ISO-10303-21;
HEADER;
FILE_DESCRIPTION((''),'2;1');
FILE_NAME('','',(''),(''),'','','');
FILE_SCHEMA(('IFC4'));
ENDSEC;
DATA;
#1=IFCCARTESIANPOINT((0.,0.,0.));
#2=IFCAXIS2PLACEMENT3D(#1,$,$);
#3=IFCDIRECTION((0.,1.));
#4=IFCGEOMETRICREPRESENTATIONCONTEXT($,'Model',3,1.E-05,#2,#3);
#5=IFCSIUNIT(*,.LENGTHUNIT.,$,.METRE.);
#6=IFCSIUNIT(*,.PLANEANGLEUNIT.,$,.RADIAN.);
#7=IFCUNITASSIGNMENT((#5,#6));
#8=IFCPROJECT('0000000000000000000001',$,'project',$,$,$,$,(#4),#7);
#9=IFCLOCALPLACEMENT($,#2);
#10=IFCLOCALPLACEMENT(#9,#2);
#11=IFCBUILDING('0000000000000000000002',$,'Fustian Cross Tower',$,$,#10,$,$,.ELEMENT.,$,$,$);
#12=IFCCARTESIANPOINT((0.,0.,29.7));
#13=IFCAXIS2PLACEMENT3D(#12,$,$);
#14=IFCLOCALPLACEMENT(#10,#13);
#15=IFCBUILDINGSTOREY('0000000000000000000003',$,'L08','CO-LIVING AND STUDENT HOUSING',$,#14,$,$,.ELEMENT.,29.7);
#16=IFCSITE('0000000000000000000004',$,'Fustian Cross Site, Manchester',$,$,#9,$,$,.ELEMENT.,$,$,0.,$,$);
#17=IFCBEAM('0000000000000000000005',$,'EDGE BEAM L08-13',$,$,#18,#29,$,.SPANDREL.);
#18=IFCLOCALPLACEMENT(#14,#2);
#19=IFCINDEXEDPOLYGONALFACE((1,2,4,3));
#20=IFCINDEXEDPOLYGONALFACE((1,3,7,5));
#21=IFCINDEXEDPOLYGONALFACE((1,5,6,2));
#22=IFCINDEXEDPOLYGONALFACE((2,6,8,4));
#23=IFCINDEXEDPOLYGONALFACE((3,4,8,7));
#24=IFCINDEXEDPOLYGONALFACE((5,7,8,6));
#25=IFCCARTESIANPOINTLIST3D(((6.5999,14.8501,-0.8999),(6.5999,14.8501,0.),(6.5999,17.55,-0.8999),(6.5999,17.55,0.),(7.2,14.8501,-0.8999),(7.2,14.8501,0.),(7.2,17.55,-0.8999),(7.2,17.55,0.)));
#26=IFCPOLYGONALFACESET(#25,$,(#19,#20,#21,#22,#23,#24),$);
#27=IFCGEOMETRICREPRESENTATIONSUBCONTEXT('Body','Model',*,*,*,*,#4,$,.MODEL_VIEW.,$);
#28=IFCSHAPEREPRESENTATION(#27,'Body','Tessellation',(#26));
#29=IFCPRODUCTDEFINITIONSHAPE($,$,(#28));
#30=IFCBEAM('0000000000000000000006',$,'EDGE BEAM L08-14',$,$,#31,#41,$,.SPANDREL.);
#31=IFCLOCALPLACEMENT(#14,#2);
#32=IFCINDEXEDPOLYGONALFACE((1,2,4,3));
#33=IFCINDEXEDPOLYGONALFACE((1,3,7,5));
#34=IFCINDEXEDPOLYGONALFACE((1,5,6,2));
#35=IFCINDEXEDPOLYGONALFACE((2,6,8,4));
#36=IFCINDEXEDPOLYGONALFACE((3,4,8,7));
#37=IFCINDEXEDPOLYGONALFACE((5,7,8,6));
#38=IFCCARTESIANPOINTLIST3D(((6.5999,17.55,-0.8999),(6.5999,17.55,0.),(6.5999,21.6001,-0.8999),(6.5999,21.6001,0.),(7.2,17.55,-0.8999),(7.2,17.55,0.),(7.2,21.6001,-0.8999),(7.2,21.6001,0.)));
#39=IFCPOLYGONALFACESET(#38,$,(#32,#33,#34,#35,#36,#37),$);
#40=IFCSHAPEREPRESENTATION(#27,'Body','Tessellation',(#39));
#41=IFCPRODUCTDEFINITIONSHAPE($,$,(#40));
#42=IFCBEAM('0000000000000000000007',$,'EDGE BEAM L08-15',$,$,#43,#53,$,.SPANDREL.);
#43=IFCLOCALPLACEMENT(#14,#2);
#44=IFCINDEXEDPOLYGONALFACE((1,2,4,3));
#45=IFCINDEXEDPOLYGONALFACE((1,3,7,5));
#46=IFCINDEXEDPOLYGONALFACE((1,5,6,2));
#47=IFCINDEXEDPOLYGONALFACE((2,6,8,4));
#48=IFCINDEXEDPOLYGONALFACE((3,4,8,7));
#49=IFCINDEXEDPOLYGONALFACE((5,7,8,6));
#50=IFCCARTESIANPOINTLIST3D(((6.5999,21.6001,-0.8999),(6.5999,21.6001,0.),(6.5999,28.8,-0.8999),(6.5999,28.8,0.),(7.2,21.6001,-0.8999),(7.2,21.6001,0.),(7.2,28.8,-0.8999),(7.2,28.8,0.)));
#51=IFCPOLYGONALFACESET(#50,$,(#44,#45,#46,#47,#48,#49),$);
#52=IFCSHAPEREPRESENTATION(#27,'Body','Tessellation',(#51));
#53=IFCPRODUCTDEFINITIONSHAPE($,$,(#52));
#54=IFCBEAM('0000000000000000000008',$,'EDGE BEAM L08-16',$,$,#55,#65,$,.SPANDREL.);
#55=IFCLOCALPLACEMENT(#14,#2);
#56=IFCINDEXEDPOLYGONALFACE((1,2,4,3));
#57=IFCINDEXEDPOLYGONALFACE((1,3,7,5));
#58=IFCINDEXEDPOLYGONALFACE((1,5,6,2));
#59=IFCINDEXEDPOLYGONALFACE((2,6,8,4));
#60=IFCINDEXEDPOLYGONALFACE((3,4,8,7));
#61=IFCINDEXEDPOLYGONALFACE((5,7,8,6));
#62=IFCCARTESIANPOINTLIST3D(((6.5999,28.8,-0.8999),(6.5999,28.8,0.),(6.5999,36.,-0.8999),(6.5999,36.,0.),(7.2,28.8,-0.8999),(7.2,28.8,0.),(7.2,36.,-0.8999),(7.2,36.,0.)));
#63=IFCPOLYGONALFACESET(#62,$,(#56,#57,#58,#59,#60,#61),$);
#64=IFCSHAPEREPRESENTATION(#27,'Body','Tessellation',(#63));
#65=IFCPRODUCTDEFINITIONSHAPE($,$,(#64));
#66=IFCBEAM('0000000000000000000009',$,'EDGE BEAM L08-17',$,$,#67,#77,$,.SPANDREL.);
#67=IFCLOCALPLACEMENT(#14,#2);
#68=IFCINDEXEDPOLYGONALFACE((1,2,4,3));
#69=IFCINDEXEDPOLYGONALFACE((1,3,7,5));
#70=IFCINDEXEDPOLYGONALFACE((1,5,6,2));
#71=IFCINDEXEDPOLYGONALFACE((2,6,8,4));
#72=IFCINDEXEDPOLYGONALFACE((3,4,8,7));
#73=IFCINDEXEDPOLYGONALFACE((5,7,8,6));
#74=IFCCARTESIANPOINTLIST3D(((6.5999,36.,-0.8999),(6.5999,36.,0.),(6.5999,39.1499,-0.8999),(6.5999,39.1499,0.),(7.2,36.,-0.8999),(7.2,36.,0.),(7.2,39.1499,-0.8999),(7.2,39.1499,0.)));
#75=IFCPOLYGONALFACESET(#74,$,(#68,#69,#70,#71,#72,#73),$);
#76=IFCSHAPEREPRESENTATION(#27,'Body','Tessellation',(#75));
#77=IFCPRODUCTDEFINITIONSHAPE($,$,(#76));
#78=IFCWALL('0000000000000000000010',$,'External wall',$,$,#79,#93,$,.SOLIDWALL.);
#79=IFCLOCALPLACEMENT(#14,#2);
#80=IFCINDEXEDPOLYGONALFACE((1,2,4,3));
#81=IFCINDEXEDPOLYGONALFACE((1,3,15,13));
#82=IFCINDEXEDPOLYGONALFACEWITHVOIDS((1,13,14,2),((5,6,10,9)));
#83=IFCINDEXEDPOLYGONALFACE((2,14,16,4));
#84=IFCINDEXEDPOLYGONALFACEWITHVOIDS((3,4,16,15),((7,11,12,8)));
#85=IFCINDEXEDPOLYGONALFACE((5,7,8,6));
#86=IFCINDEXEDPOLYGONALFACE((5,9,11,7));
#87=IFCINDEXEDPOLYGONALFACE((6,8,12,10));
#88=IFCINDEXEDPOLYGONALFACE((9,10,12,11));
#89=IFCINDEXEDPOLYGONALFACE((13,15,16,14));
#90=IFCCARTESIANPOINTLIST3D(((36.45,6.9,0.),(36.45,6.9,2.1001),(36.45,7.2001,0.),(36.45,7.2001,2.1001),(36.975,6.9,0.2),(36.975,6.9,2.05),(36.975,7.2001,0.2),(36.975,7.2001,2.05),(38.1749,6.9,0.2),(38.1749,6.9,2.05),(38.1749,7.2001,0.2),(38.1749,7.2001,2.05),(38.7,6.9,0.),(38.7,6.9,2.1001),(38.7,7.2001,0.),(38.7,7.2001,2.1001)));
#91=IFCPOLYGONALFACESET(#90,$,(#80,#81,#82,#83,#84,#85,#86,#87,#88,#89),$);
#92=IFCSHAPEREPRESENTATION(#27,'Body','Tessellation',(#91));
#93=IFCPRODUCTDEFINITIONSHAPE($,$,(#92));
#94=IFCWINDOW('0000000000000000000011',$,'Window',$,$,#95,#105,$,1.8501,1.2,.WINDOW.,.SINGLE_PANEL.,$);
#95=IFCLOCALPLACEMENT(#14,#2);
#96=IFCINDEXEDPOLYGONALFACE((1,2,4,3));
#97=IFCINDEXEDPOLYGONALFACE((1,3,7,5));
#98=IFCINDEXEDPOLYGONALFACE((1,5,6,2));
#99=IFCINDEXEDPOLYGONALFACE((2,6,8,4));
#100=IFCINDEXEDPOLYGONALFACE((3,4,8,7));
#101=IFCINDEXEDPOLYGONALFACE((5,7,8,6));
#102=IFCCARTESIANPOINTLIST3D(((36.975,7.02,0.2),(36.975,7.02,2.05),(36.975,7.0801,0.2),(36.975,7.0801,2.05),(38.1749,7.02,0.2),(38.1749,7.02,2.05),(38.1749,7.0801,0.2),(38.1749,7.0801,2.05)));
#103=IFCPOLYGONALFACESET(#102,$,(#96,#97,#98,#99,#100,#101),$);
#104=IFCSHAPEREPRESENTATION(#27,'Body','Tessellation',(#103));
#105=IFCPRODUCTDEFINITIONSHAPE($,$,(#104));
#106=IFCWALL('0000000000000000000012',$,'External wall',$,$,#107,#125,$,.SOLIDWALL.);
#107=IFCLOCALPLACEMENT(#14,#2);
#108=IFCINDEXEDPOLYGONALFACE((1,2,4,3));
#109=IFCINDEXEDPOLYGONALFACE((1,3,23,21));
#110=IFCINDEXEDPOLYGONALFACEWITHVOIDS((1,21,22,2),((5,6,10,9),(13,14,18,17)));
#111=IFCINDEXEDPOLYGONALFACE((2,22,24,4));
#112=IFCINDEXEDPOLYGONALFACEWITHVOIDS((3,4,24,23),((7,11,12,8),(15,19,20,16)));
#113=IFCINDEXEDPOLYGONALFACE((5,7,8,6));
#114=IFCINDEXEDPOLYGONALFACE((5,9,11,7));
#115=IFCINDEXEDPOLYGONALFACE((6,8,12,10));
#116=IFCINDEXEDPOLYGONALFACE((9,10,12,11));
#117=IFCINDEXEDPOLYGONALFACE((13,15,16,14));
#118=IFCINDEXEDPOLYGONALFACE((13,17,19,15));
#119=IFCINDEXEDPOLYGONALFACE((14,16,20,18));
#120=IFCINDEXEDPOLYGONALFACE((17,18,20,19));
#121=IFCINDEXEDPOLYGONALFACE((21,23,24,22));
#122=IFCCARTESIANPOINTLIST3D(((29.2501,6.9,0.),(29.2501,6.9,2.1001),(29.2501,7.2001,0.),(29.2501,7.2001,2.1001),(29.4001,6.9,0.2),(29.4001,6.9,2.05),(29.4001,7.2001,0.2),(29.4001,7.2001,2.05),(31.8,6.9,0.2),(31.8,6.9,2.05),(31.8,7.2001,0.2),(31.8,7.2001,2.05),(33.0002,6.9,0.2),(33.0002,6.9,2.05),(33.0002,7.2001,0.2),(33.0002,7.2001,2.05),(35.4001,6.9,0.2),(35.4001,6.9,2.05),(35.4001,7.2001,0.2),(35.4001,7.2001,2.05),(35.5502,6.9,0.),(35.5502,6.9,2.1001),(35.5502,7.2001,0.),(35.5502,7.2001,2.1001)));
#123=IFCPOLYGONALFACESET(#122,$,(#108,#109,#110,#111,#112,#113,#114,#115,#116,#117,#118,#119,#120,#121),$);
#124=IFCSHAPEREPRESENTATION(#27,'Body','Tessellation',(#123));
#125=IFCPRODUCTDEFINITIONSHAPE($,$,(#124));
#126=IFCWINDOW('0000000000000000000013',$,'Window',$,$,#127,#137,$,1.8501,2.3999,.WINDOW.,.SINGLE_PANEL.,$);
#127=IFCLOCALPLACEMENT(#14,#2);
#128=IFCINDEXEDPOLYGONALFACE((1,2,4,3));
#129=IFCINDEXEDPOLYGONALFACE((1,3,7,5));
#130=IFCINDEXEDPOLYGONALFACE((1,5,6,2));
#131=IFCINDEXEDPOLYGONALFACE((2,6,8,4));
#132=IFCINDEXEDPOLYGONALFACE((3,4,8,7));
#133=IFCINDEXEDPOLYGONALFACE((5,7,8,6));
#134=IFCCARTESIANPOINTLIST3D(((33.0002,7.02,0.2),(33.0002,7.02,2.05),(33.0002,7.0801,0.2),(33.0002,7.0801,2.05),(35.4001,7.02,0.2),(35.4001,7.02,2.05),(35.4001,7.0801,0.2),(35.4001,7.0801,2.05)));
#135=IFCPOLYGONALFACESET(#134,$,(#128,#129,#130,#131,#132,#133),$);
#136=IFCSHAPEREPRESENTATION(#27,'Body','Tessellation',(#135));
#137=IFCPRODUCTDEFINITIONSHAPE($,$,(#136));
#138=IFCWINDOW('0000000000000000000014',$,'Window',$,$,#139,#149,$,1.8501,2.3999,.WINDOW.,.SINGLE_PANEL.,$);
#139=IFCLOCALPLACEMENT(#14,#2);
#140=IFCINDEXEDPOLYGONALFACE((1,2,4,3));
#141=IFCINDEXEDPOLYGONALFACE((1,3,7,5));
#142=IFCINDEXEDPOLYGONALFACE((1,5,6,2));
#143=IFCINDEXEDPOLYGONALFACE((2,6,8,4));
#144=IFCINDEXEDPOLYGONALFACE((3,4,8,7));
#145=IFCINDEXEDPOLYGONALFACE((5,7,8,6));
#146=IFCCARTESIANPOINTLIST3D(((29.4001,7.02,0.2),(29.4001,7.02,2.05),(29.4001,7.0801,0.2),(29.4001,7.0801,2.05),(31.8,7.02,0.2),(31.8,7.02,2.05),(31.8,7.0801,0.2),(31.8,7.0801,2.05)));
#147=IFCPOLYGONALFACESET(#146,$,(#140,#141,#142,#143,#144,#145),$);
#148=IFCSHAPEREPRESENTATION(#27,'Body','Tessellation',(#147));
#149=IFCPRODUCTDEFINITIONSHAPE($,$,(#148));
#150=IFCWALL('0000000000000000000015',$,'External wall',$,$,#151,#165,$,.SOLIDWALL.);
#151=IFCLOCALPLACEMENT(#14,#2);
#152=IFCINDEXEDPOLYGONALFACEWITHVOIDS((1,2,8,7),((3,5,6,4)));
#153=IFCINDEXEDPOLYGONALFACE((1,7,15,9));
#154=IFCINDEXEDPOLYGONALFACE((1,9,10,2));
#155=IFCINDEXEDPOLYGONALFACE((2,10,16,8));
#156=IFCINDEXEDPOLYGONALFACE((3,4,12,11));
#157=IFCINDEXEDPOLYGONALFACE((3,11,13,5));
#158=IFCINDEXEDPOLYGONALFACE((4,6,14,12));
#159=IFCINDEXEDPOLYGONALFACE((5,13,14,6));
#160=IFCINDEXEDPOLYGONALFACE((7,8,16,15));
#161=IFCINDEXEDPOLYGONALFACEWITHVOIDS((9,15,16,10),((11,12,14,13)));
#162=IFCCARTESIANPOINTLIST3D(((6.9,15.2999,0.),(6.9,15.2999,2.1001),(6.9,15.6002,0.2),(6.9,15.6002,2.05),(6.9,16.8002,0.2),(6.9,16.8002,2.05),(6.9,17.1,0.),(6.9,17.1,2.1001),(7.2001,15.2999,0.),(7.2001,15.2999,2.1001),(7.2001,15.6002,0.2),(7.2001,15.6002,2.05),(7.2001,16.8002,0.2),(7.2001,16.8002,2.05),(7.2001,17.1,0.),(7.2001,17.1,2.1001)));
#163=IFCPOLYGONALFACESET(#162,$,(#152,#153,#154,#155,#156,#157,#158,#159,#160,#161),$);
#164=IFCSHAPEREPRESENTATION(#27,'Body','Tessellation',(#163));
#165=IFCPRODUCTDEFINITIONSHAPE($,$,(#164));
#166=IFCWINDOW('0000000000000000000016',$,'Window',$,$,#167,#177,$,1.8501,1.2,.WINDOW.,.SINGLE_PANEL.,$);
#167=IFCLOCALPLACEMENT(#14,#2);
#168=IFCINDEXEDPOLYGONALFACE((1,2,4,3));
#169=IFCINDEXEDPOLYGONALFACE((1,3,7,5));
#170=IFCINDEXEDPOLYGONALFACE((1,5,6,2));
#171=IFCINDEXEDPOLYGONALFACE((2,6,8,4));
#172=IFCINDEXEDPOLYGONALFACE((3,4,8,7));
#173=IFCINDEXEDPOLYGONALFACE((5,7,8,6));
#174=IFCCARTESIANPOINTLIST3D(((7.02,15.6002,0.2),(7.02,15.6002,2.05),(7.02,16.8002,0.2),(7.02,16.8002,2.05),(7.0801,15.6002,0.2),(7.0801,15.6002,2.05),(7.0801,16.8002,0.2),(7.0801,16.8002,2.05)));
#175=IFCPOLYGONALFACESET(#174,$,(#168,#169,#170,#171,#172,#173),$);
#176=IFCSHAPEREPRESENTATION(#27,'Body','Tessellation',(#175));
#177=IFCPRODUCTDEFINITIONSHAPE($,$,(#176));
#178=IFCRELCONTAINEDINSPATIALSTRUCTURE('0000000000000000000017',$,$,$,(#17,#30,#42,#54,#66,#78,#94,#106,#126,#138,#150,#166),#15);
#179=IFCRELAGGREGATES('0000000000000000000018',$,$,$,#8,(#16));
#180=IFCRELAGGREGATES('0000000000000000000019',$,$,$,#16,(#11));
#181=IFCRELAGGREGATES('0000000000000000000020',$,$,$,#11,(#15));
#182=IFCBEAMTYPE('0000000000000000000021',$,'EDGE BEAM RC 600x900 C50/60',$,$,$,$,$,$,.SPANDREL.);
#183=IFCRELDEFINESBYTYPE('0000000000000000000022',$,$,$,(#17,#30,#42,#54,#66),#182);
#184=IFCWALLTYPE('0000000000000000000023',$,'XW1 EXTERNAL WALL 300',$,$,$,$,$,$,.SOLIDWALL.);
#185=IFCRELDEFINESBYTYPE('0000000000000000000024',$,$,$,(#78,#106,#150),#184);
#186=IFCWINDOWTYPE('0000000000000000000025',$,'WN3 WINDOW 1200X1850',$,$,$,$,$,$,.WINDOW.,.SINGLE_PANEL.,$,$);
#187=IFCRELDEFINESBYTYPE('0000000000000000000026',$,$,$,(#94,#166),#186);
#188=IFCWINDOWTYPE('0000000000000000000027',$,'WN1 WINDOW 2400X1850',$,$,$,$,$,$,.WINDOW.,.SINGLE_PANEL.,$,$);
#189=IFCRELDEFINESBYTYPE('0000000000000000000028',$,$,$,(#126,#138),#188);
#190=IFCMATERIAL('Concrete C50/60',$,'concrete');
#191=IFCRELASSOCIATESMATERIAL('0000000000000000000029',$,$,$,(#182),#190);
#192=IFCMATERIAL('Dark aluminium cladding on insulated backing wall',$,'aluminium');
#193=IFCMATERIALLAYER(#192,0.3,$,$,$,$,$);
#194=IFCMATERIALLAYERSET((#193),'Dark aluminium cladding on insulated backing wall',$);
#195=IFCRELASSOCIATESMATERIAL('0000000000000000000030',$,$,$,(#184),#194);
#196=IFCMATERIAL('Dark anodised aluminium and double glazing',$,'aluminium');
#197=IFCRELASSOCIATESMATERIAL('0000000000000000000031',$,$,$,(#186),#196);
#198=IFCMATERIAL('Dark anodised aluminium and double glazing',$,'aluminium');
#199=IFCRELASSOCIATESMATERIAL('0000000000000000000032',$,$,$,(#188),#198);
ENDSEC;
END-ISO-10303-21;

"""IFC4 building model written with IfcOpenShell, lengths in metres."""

from ifc_helpers import new_model, si_unit, direction, frame, frame_2d, origin, origin_2d, place, context, subcontext, project, spatial, rectangle, extrude, material, layer, layer_set, material_profile, profile_set, type_object, element, fill, save


model = new_model("IFC4")

# Units and contexts
model_context = context("Model", 3, precision=1e-05, world=origin(), true_north=direction((0.0, 1.0)))
body_context = subcontext(model_context, "Body", "Model", "MODEL_VIEW")
ifc_project = project(units=[si_unit("LENGTHUNIT", "METRE"), si_unit("PLANEANGLEUNIT", "RADIAN")], contexts=[model_context])

# Site, building, storey
site_placement = place(None, origin())
site = spatial("IfcSite", under=ifc_project, at=site_placement, Name="Fustian Cross Site, Manchester", CompositionType="ELEMENT", RefElevation=0.0)
building_placement = place(site_placement, origin())
building = spatial("IfcBuilding", under=site, at=building_placement, Name="Fustian Cross Tower", CompositionType="ELEMENT")
storey_placement = place(building_placement, frame((0.0, 0.0, 29.7)))
storey = spatial("IfcBuildingStorey", under=building, at=storey_placement, Name="L08", Description="CO-LIVING AND STUDENT HOUSING", CompositionType="ELEMENT", Elevation=29.7)

# Beams
ifc_material_1 = material(Name="Concrete C50/60", Category="concrete")
ifc_material_profile = material_profile(ifc_material_1, rectangle(XDim=0.6001, YDim=0.8999, at=origin_2d()), Name="RC 600x900")
ifc_profile_set = profile_set([ifc_material_profile], Name="Concrete C50/60")
beam_type = type_object("IfcBeamType", Name="EDGE BEAM RC 600x900 C50/60", PredefinedType="SPANDREL", material=ifc_profile_set)
beam_1_placement = place(storey_placement, frame((6.8999, 14.8501, -0.45), z_axis=(0.0, 1.0, 0.0), x_axis=(-1.0, 0.0, 0.0)))
element("IfcBeam", 1, at=beam_1_placement, inside=storey, type_object=beam_type, Name="EDGE BEAM L08-13", PredefinedType="SPANDREL", context=body_context, shape_type="SweptSolid", body=[
    extrude(rectangle(XDim=0.6001, YDim=0.8999, at=origin_2d()), origin(), (0.0, 0.0, 1.0), 2.7),
])
beam_2_placement = place(storey_placement, frame((6.8999, 17.55, -0.45), z_axis=(0.0, 1.0, 0.0), x_axis=(-1.0, 0.0, 0.0)))
element("IfcBeam", 2, at=beam_2_placement, inside=storey, type_object=beam_type, Name="EDGE BEAM L08-14", PredefinedType="SPANDREL", context=body_context, shape_type="SweptSolid", body=[
    extrude(rectangle(XDim=0.6001, YDim=0.8999, at=origin_2d()), origin(), (0.0, 0.0, 1.0), 4.05),
])
for number, where, z_axis, x_axis, name in (
    (3, (6.8999, 21.6001, -0.45), (0.0, 1.0, 0.0), (-1.0, 0.0, 0.0), "EDGE BEAM L08-15"),
    (4, (6.8999, 28.8, -0.45), (0.0, 1.0, 0.0), (-1.0, 0.0, 0.0), "EDGE BEAM L08-16"),
):
    element("IfcBeam", number, at=place(storey_placement, frame(where, z_axis=z_axis, x_axis=x_axis)), inside=storey, type_object=beam_type, Name=name, PredefinedType="SPANDREL", context=body_context, shape_type="SweptSolid", body=[
        extrude(rectangle(XDim=0.6001, YDim=0.8999, at=origin_2d()), origin(), (0.0, 0.0, 1.0), 7.2),
    ])
beam_3_placement = place(storey_placement, frame((6.8999, 36.0, -0.45), z_axis=(0.0, 1.0, 0.0), x_axis=(-1.0, 0.0, 0.0)))
element("IfcBeam", 5, at=beam_3_placement, inside=storey, type_object=beam_type, Name="EDGE BEAM L08-17", PredefinedType="SPANDREL", context=body_context, shape_type="SweptSolid", body=[
    extrude(rectangle(XDim=0.6001, YDim=0.8999, at=origin_2d()), origin(), (0.0, 0.0, 1.0), 3.1499),
])

# Wall, opening, window
ifc_material_2 = material(Name="Dark aluminium cladding on insulated backing wall", Category="aluminium")
ifc_layer = layer(ifc_material_2, 0.3)
ifc_layer_set = layer_set([ifc_layer], Name="Dark aluminium cladding on insulated backing wall")
wall_type = type_object("IfcWallType", Name="XW1 EXTERNAL WALL 300", PredefinedType="SOLIDWALL", material=ifc_layer_set)
wall_1_placement = place(storey_placement, frame((38.7, 7.05, 0.0), z_axis=(0.0, 0.0, 1.0), x_axis=(-1.0, 0.0, 0.0)))
wall_1 = element("IfcWall", 6, at=wall_1_placement, inside=storey, type_object=wall_type, Name="External wall", PredefinedType="SOLIDWALL", context=body_context, shape_type="SweptSolid", body=[
    extrude(rectangle(XDim=2.25, YDim=0.3, at=frame_2d((1.125, 0.0))), origin(), (0.0, 0.0, 1.0), 2.1001),
])
opening_1_placement = place(wall_1_placement, frame((0.5249, 0.0, 0.2)))
opening_1 = element("IfcOpeningElement", 7, at=opening_1_placement, cuts=wall_1, PredefinedType="OPENING", context=body_context, shape_type="SweptSolid", body=[
    extrude(rectangle(XDim=1.2, YDim=1.8501, at=frame_2d((0.6001, 0.925))), frame((0.0, 0.1599, 0.0), z_axis=(0.0, -1.0, 0.0), x_axis=(1.0, 0.0, 0.0)), (0.0, 0.0, 1.0), 0.3201),
])
ifc_material_3 = material(Name="Dark anodised aluminium and double glazing", Category="aluminium")
window_type_1 = type_object("IfcWindowType", Name="WN3 WINDOW 1200X1850", PartitioningType="SINGLE_PANEL", PredefinedType="WINDOW", material=ifc_material_3)
window_1_placement = place(opening_1_placement, origin())
window_1 = element("IfcWindow", 8, at=window_1_placement, inside=storey, type_object=window_type_1, Name="Window", OverallHeight=1.8501, OverallWidth=1.2, PartitioningType="SINGLE_PANEL", PredefinedType="WINDOW", context=body_context, shape_type="SweptSolid", body=[
    extrude(rectangle(XDim=1.2, YDim=1.8501, at=frame_2d((0.6001, 0.925))), frame((0.0, 0.03, 0.0), z_axis=(0.0, -1.0, 0.0), x_axis=(1.0, 0.0, 0.0)), (0.0, 0.0, 1.0), 0.0601),
])
fill(opening_1, window_1)

# Wall, openings, windows
wall_2_placement = place(storey_placement, frame((35.55, 7.05, 0.0), z_axis=(0.0, 0.0, 1.0), x_axis=(-1.0, 0.0, 0.0)))
wall_2 = element("IfcWall", 9, at=wall_2_placement, inside=storey, type_object=wall_type, Name="External wall", PredefinedType="SOLIDWALL", context=body_context, shape_type="SweptSolid", body=[
    extrude(rectangle(XDim=6.3, YDim=0.3, at=frame_2d((3.1499, 0.0))), origin(), (0.0, 0.0, 1.0), 2.1001),
])
opening_2_placement = place(wall_2_placement, frame((0.1499, 0.0, 0.2)))
opening_2 = element("IfcOpeningElement", 10, at=opening_2_placement, cuts=wall_2, PredefinedType="OPENING", context=body_context, shape_type="SweptSolid", body=[
    extrude(rectangle(XDim=2.3999, YDim=1.8501, at=frame_2d((1.2, 0.925))), frame((0.0, 0.1599, 0.0), z_axis=(0.0, -1.0, 0.0), x_axis=(1.0, 0.0, 0.0)), (0.0, 0.0, 1.0), 0.3201),
])
opening_3_placement = place(wall_2_placement, frame((3.75, 0.0, 0.2)))
opening_3 = element("IfcOpeningElement", 11, at=opening_3_placement, cuts=wall_2, PredefinedType="OPENING", context=body_context, shape_type="SweptSolid", body=[
    extrude(rectangle(XDim=2.3999, YDim=1.8501, at=frame_2d((1.2, 0.925))), frame((0.0, 0.1599, 0.0), z_axis=(0.0, -1.0, 0.0), x_axis=(1.0, 0.0, 0.0)), (0.0, 0.0, 1.0), 0.3201),
])
ifc_material_4 = material(Name="Dark anodised aluminium and double glazing", Category="aluminium")
window_type_2 = type_object("IfcWindowType", Name="WN1 WINDOW 2400X1850", PartitioningType="SINGLE_PANEL", PredefinedType="WINDOW", material=ifc_material_4)
window_2_placement = place(opening_2_placement, origin())
window_2 = element("IfcWindow", 12, at=window_2_placement, inside=storey, type_object=window_type_2, Name="Window", OverallHeight=1.8501, OverallWidth=2.3999, PartitioningType="SINGLE_PANEL", PredefinedType="WINDOW", context=body_context, shape_type="SweptSolid", body=[
    extrude(rectangle(XDim=2.3999, YDim=1.8501, at=frame_2d((1.2, 0.925))), frame((0.0, 0.03, 0.0), z_axis=(0.0, -1.0, 0.0), x_axis=(1.0, 0.0, 0.0)), (0.0, 0.0, 1.0), 0.0601),
])
fill(opening_2, window_2)
window_3_placement = place(opening_3_placement, origin())
window_3 = element("IfcWindow", 13, at=window_3_placement, inside=storey, type_object=window_type_2, Name="Window", OverallHeight=1.8501, OverallWidth=2.3999, PartitioningType="SINGLE_PANEL", PredefinedType="WINDOW", context=body_context, shape_type="SweptSolid", body=[
    extrude(rectangle(XDim=2.3999, YDim=1.8501, at=frame_2d((1.2, 0.925))), frame((0.0, 0.03, 0.0), z_axis=(0.0, -1.0, 0.0), x_axis=(1.0, 0.0, 0.0)), (0.0, 0.0, 1.0), 0.0601),
])
fill(opening_3, window_3)

# Wall, opening, window
wall_3_placement = place(storey_placement, frame((7.05, 15.3, 0.0), z_axis=(0.0, 0.0, 1.0), x_axis=(0.0, 1.0, 0.0)))
wall_3 = element("IfcWall", 14, at=wall_3_placement, inside=storey, type_object=wall_type, Name="External wall", PredefinedType="SOLIDWALL", context=body_context, shape_type="SweptSolid", body=[
    extrude(rectangle(XDim=1.8, YDim=0.3, at=frame_2d((0.8999, 0.0))), origin(), (0.0, 0.0, 1.0), 2.1001),
])
opening_4_placement = place(wall_3_placement, frame((0.3, 0.0, 0.2)))
opening_4 = element("IfcOpeningElement", 15, at=opening_4_placement, cuts=wall_3, PredefinedType="OPENING", context=body_context, shape_type="SweptSolid", body=[
    extrude(rectangle(XDim=1.2, YDim=1.8501, at=frame_2d((0.6001, 0.925))), frame((0.0, 0.1599, 0.0), z_axis=(0.0, -1.0, 0.0), x_axis=(1.0, 0.0, 0.0)), (0.0, 0.0, 1.0), 0.3201),
])
window_4_placement = place(opening_4_placement, origin())
window_4 = element("IfcWindow", 16, at=window_4_placement, inside=storey, type_object=window_type_1, Name="Window", OverallHeight=1.8501, OverallWidth=1.2, PartitioningType="SINGLE_PANEL", PredefinedType="WINDOW", context=body_context, shape_type="SweptSolid", body=[
    extrude(rectangle(XDim=1.2, YDim=1.8501, at=frame_2d((0.6001, 0.925))), frame((0.0, 0.03, 0.0), z_axis=(0.0, -1.0, 0.0), x_axis=(1.0, 0.0, 0.0)), (0.0, 0.0, 1.0), 0.0601),
])
fill(opening_4, window_4)

save(model, "model.ifc")
